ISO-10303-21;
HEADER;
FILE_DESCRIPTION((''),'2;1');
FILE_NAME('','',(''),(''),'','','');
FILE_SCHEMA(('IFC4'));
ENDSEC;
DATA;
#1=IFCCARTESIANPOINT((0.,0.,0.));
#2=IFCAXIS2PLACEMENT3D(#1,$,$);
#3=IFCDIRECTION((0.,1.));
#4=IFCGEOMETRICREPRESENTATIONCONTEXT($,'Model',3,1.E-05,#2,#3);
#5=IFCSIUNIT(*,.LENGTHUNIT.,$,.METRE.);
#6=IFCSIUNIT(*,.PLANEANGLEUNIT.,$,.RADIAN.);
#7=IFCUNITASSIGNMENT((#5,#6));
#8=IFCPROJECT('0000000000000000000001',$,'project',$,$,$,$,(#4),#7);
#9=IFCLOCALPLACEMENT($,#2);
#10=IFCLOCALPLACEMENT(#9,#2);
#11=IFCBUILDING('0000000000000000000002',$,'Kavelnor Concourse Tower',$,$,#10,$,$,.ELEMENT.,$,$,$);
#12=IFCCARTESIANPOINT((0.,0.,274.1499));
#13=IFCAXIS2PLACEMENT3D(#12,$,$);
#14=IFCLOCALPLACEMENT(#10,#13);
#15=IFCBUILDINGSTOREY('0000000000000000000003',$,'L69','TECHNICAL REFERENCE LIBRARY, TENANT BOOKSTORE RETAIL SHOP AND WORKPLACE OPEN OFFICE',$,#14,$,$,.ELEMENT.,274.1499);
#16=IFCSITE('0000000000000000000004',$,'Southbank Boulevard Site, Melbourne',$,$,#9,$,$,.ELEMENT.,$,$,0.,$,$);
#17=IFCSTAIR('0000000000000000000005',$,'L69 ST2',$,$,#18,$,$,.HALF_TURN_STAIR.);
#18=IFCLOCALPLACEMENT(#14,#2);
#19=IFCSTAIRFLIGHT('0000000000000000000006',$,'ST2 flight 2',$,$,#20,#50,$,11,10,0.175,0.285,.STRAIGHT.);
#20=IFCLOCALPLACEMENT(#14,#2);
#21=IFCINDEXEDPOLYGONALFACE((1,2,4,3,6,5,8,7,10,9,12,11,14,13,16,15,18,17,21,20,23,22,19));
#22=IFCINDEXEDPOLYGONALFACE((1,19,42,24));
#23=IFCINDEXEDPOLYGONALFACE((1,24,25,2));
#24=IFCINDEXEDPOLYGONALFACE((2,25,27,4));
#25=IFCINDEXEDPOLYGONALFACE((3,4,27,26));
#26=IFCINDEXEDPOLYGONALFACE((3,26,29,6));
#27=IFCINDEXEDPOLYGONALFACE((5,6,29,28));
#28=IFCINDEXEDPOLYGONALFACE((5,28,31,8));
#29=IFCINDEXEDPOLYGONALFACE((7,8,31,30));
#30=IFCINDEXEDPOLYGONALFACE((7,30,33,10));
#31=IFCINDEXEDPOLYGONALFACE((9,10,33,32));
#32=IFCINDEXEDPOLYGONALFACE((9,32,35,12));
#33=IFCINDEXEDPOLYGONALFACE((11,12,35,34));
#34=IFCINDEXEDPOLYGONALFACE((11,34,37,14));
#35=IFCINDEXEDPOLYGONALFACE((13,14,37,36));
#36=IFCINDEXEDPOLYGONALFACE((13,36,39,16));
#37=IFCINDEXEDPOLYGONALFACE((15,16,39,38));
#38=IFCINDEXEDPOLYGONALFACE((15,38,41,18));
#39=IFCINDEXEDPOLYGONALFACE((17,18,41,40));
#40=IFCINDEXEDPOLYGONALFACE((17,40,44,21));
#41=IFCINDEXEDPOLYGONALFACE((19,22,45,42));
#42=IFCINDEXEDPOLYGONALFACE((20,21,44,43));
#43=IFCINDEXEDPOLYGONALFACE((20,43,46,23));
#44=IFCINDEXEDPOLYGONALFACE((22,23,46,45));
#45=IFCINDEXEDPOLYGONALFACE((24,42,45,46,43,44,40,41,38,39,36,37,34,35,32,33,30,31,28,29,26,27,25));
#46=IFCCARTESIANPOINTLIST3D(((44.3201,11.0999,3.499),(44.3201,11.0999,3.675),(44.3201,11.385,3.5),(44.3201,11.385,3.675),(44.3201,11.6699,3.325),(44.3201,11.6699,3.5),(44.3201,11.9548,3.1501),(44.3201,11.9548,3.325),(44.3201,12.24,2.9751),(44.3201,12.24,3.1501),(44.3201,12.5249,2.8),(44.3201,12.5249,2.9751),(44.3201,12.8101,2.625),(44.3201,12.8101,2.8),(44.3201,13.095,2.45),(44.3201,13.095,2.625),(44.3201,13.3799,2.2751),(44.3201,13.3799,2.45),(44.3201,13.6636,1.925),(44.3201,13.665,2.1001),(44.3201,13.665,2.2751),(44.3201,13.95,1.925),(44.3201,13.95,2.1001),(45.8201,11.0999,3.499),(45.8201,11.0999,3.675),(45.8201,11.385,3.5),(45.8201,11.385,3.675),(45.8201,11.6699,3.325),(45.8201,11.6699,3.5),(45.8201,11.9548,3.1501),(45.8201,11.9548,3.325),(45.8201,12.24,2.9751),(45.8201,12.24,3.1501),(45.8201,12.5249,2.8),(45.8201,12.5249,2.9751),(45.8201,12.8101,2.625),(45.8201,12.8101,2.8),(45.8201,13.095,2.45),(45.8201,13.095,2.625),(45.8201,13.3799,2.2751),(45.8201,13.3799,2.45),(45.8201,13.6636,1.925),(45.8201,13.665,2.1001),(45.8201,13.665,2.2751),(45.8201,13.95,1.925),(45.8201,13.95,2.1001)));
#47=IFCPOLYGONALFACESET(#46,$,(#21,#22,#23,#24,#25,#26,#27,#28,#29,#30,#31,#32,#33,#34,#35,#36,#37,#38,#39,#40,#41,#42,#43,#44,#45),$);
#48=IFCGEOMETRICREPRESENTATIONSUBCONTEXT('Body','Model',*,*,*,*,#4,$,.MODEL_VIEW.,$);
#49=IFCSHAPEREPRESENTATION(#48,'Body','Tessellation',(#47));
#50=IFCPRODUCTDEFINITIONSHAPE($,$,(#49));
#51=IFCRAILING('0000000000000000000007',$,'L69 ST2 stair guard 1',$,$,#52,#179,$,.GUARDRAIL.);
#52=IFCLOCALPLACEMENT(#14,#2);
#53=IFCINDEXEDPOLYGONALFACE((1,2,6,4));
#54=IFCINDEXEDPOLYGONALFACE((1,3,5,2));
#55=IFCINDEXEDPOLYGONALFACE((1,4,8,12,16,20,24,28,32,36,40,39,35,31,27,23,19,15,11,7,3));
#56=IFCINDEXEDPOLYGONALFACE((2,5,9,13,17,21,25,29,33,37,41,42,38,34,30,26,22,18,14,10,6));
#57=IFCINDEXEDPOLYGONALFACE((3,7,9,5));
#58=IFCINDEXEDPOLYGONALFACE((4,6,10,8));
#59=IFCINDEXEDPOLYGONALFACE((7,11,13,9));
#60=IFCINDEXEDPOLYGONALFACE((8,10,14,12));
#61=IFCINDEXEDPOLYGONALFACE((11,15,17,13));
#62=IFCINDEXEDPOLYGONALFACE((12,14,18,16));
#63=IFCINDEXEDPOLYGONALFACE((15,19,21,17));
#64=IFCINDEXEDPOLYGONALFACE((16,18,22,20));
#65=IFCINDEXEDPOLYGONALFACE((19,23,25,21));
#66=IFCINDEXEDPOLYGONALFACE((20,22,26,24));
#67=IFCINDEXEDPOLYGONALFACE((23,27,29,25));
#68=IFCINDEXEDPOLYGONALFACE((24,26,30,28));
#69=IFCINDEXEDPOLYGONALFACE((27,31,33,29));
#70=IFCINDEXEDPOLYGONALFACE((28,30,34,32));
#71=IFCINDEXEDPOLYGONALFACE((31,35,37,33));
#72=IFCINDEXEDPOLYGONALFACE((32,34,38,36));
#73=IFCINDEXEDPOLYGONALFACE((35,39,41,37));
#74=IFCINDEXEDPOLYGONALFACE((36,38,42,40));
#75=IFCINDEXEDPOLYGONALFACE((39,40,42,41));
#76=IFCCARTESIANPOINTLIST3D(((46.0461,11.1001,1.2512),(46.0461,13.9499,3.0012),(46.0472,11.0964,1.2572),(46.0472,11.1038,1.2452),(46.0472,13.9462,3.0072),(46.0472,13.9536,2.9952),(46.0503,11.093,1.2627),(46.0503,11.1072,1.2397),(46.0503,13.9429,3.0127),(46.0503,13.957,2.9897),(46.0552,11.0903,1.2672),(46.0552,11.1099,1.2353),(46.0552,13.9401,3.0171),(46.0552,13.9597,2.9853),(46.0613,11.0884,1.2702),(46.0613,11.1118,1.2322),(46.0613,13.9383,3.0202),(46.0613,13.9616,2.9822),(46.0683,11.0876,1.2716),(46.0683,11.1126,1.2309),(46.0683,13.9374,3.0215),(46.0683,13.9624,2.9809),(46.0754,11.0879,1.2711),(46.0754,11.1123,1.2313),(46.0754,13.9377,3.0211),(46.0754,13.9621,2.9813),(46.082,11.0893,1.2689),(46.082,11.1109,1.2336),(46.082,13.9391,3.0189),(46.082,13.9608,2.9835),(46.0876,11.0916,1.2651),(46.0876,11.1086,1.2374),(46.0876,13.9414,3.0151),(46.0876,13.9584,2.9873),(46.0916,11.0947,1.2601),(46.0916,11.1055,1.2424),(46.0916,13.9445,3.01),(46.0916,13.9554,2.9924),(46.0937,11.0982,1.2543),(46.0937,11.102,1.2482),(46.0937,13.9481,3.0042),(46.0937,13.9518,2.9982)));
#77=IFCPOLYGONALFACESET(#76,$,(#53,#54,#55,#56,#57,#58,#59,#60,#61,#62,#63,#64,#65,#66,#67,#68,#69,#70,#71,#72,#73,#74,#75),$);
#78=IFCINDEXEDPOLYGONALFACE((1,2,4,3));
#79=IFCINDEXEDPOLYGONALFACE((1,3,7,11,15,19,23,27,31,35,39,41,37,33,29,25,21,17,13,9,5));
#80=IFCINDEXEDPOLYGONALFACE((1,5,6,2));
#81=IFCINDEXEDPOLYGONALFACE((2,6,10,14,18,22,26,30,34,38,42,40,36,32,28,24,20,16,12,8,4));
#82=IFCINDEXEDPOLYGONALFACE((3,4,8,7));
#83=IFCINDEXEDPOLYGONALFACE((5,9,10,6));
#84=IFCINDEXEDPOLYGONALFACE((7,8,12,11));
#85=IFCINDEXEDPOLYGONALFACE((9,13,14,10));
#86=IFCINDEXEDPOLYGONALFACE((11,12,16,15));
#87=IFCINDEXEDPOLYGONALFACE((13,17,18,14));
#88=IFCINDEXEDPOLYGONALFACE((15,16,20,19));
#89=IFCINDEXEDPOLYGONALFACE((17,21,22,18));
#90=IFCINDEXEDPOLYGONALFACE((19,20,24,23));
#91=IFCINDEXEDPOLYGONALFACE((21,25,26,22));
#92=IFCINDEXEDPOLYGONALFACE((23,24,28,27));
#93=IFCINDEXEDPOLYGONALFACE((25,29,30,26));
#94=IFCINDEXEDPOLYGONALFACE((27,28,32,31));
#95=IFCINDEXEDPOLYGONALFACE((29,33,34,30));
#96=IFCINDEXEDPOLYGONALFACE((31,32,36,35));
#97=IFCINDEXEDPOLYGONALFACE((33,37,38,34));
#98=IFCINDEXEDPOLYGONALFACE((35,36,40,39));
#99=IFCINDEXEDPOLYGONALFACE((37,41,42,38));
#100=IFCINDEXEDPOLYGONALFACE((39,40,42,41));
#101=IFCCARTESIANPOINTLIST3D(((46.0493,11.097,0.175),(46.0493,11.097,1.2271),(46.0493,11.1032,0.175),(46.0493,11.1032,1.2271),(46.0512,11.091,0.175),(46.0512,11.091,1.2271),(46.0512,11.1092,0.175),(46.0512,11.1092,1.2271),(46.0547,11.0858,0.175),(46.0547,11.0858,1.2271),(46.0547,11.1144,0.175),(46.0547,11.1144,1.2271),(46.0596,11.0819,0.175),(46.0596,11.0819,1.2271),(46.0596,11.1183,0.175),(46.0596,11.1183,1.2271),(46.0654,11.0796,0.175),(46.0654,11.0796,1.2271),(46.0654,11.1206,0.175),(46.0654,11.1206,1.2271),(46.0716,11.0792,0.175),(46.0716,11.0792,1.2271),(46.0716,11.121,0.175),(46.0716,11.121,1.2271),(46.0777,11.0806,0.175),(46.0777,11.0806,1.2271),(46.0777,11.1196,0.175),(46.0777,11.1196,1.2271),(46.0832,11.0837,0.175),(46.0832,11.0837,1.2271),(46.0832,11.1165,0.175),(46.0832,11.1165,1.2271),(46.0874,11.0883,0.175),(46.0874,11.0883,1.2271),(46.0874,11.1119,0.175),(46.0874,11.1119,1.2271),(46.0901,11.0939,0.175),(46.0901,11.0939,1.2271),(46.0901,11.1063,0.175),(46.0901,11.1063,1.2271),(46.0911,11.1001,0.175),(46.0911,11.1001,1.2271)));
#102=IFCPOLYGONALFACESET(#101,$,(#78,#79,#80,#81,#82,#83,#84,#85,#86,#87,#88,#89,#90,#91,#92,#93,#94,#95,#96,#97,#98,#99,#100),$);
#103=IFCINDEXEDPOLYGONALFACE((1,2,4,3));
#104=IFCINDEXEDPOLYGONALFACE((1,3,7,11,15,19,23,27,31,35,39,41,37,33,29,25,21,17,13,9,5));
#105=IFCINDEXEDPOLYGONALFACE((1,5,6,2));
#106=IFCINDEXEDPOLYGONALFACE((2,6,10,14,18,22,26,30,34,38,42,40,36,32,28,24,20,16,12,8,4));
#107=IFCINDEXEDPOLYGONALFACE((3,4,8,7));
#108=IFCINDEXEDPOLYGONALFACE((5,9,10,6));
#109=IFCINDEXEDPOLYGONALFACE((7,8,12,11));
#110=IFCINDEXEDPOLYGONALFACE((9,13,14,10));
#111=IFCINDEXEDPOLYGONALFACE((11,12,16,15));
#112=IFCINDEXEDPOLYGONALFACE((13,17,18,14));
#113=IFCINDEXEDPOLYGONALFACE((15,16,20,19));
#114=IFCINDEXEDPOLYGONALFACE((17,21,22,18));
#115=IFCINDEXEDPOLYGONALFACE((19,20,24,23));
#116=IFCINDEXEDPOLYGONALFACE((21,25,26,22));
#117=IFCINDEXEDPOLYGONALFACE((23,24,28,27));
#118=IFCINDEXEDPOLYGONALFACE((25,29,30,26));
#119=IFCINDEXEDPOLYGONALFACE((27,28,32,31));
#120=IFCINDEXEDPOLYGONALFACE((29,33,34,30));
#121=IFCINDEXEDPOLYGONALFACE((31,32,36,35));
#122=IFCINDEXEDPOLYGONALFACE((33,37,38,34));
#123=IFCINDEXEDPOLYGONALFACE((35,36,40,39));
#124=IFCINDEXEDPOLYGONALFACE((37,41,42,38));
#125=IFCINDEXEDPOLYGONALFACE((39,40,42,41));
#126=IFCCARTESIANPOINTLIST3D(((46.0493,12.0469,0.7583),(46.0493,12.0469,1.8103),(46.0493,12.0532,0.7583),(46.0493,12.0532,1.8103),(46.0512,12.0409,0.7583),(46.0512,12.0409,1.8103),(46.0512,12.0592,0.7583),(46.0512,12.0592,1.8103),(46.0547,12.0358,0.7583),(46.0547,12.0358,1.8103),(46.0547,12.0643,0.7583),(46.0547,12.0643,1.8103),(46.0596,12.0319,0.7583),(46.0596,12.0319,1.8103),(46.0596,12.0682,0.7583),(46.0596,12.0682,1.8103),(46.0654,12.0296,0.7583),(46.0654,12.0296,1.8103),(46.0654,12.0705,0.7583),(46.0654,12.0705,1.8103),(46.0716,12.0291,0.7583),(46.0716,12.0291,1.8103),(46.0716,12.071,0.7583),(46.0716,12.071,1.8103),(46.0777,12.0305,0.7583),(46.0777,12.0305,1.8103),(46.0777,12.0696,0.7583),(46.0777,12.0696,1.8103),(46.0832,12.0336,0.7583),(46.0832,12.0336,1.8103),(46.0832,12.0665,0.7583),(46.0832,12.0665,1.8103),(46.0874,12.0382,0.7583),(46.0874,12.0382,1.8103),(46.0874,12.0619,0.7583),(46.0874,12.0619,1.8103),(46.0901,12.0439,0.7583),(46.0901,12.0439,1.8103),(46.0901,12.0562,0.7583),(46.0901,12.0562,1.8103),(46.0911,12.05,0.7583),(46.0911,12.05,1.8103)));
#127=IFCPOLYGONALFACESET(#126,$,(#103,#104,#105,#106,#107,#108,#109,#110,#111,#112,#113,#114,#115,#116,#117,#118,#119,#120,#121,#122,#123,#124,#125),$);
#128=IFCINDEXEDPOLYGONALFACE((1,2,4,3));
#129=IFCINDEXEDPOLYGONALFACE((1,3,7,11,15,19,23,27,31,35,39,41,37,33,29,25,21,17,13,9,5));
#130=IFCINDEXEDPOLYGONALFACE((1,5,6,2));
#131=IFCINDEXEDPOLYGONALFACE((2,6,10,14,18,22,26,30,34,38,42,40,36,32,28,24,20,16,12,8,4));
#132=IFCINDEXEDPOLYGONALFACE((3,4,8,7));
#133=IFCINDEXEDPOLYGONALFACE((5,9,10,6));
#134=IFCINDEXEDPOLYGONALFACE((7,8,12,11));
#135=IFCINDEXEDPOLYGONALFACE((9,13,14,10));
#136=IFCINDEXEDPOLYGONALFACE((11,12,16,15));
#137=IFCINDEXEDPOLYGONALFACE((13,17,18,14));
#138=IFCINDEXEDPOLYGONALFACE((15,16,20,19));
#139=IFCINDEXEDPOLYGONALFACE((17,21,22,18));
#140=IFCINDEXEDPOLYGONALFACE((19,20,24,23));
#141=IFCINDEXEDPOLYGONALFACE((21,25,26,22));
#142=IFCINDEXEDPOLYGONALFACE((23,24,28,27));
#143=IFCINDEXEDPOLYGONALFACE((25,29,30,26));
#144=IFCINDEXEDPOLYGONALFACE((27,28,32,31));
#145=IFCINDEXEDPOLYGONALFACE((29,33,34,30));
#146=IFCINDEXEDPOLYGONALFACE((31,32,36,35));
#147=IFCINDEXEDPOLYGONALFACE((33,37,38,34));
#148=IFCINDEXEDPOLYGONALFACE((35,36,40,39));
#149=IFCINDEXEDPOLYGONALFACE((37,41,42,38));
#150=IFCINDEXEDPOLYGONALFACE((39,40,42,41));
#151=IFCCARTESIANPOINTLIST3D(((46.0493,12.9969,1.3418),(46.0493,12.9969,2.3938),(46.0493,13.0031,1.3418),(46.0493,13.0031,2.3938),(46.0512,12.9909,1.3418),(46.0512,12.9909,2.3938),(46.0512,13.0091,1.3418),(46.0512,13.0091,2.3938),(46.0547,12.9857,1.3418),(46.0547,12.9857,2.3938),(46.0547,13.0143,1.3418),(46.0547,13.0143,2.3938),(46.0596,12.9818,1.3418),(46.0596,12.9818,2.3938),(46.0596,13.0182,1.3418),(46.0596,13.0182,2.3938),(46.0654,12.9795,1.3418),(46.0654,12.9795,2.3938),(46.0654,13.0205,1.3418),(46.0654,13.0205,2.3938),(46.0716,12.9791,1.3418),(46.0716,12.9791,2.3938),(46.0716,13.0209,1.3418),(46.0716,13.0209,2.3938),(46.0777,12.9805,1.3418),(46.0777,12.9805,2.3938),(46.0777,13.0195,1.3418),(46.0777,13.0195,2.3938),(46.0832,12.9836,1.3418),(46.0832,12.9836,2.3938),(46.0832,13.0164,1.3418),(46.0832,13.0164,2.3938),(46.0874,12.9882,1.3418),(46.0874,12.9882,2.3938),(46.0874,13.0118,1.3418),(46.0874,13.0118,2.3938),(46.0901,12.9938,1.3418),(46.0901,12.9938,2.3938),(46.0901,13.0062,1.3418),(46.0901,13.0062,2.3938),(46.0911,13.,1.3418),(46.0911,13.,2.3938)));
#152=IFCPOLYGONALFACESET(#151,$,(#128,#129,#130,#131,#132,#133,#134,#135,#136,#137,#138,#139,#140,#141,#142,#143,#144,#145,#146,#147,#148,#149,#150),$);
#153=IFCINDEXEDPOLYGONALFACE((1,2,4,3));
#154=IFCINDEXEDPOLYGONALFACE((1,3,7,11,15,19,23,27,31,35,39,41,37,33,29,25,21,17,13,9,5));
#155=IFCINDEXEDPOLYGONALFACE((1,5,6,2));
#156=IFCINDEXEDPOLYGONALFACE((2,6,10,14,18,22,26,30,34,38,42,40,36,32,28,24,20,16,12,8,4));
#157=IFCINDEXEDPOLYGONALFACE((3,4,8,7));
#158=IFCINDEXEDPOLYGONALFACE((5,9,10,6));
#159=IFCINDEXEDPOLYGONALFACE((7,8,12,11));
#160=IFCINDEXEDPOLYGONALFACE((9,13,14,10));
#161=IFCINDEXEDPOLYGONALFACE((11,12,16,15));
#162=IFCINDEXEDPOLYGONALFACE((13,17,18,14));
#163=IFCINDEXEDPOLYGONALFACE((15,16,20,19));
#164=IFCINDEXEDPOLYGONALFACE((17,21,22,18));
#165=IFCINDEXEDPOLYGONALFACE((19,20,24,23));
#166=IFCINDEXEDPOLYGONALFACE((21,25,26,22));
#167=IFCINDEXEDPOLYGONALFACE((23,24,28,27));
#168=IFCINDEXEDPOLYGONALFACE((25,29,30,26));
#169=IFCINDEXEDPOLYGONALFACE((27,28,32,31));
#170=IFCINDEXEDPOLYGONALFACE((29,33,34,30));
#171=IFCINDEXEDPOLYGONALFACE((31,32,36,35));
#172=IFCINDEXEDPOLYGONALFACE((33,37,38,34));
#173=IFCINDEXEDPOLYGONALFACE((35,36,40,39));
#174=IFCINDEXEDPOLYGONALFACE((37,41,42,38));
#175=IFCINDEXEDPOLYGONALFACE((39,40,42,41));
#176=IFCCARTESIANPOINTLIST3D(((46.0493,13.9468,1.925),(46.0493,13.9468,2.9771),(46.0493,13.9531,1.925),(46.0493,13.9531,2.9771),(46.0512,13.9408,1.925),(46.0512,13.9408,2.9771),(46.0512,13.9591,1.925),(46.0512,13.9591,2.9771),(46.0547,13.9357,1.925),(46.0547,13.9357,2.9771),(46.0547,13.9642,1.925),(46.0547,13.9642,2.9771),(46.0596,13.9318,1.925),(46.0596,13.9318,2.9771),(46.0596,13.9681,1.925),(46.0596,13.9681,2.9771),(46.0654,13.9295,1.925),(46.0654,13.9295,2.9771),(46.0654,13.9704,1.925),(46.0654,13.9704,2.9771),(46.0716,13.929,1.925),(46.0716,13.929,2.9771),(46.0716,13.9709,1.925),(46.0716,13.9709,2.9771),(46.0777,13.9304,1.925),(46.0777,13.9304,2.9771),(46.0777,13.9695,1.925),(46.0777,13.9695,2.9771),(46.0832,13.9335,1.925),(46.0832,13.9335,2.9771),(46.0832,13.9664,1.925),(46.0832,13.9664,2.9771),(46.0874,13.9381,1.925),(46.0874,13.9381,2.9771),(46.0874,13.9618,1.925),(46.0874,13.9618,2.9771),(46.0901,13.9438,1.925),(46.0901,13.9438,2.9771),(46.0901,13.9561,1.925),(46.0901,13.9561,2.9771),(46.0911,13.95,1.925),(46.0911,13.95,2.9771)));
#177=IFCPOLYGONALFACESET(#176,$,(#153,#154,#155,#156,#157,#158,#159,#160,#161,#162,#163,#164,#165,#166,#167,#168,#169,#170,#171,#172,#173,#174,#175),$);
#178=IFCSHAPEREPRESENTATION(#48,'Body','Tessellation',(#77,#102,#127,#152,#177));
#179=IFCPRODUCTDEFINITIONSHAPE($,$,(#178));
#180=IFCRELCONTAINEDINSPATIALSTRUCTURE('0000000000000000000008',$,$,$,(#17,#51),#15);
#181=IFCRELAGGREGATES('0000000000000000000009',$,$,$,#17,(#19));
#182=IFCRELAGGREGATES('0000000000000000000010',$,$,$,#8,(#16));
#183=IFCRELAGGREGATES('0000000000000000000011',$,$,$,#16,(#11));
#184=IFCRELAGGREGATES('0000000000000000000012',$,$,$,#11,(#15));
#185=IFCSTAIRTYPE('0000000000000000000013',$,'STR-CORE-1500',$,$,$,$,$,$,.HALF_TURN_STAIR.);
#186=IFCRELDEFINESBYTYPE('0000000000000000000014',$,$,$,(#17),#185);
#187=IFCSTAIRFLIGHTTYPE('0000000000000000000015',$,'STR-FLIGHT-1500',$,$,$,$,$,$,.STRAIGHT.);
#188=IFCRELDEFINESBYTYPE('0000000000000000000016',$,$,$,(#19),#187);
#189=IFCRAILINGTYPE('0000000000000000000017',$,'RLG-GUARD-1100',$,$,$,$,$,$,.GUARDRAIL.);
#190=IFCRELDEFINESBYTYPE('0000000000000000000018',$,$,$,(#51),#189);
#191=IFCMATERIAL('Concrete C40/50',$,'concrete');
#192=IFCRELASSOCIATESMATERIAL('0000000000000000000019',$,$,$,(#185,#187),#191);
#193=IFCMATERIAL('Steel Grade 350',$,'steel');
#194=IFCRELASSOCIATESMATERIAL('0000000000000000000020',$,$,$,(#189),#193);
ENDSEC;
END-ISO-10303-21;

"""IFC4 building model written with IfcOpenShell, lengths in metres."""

from ifc_helpers import new_model, si_unit, direction, frame, origin, origin_2d, place, context, subcontext, project, spatial, polyline, circle, outline, extrude, material, type_object, element, aggregate, save


model = new_model("IFC4")

# Units and contexts
model_context = context("Model", 3, precision=1e-05, world=origin(), true_north=direction((0.0, 1.0)))
body_context = subcontext(model_context, "Body", "Model", "MODEL_VIEW")
ifc_project = project(units=[si_unit("LENGTHUNIT", "METRE"), si_unit("PLANEANGLEUNIT", "RADIAN")], contexts=[model_context])

# Site, building, storey
site_placement = place(None, origin())
site = spatial("IfcSite", under=ifc_project, at=site_placement, Name="Southbank Boulevard Site, Melbourne", CompositionType="ELEMENT", RefElevation=0.0)
building_placement = place(site_placement, origin())
building = spatial("IfcBuilding", under=site, at=building_placement, Name="Kavelnor Concourse Tower", CompositionType="ELEMENT")
storey_placement = place(building_placement, frame((0.0, 0.0, 274.1499)))
storey = spatial("IfcBuildingStorey", under=building, at=storey_placement, Name="L69", Description="TECHNICAL REFERENCE LIBRARY, TENANT BOOKSTORE RETAIL SHOP AND WORKPLACE OPEN OFFICE", CompositionType="ELEMENT", Elevation=274.1499)

# Shared definitions
ifc_material_1 = material(Name="Steel Grade 350", Category="steel")

# Stair, stair flight
ifc_material_2 = material(Name="Concrete C40/50", Category="concrete")
stair_type = type_object("IfcStairType", Name="STR-CORE-1500", PredefinedType="HALF_TURN_STAIR", material=ifc_material_2)
stair_placement = place(storey_placement, origin())
stair = element("IfcStair", 1, at=stair_placement, inside=storey, type_object=stair_type, Name="L69 ST2", PredefinedType="HALF_TURN_STAIR")
stair_flight_type = type_object("IfcStairFlightType", Name="STR-FLIGHT-1500", PredefinedType="STRAIGHT", material=ifc_material_2)
stair_flight_1_placement = place(storey_placement, frame((45.0701, 13.95, 1.925), z_axis=(0.0, 0.0, 1.0), x_axis=(0.0, -1.0, 0.0)))
stair_flight_1 = element("IfcStairFlight", 2, at=stair_flight_1_placement, type_object=stair_flight_type, Name="ST2 flight 2", NumberOfRisers=11, NumberOfTreads=10, PredefinedType="STRAIGHT", RiserHeight=0.175, TreadLength=0.285, context=body_context, shape_type="SweptSolid", body=[
    extrude(outline(polyline([(0.0, 0.0), (0.0, 0.175), (0.2849, 0.175), (0.2849, 0.3501), (0.5701, 0.3501), (0.5701, 0.5249), (0.855, 0.5249), (0.855, 0.7), (1.1399, 0.7), (1.1399, 0.875), (1.425, 0.875), (1.425, 1.05), (1.71, 1.05), (1.71, 1.2251), (1.9951, 1.2251), (1.9951, 1.3999), (2.28, 1.3999), (2.28, 1.575), (2.5649, 1.575), (2.5649, 1.75), (2.8501, 1.75), (2.8501, 1.925), (2.8501, 1.574), (0.2864, 0.0), (0.0, 0.0)])), frame((0.0, 0.75, 0.0), z_axis=(0.0, -1.0, 0.0), x_axis=(1.0, 0.0, 0.0)), (0.0, 0.0, 1.0), 1.5),
])
aggregate(stair, [stair_flight_1])

# Railing
railing_type_1 = type_object("IfcRailingType", Name="RLG-GUARD-1100", PredefinedType="GUARDRAIL", material=ifc_material_1)
railing_1_placement = place(storey_placement, frame((46.0701, 11.1001, 0.175)))
element("IfcRailing", 3, at=railing_1_placement, inside=storey, type_object=railing_type_1, Name="L69 ST2 stair guard 1", PredefinedType="GUARDRAIL", context=body_context, shape_type="SweptSolid", body=[
    extrude(circle(Radius=0.0239, at=origin_2d()), frame((0.0, 0.0, 1.0762), z_axis=(0.0, 0.852159, 0.523283), x_axis=(-1.0, 0.0, 0.0)), (0.0, 0.0, 1.0), 3.3442),
    extrude(circle(Radius=0.021, at=origin_2d()), origin(), (0.0, 0.0, 1.0), 1.052),
    extrude(circle(Radius=0.021, at=origin_2d()), frame((0.0, 0.95, 0.5833)), (0.0, 0.0, 1.0), 1.052),
    extrude(circle(Radius=0.021, at=origin_2d()), frame((0.0, 1.8999, 1.1667)), (0.0, 0.0, 1.0), 1.052),
    extrude(circle(Radius=0.021, at=origin_2d()), frame((0.0, 2.8499, 1.75)), (0.0, 0.0, 1.0), 1.052),
])

save(model, "model.ifc")
